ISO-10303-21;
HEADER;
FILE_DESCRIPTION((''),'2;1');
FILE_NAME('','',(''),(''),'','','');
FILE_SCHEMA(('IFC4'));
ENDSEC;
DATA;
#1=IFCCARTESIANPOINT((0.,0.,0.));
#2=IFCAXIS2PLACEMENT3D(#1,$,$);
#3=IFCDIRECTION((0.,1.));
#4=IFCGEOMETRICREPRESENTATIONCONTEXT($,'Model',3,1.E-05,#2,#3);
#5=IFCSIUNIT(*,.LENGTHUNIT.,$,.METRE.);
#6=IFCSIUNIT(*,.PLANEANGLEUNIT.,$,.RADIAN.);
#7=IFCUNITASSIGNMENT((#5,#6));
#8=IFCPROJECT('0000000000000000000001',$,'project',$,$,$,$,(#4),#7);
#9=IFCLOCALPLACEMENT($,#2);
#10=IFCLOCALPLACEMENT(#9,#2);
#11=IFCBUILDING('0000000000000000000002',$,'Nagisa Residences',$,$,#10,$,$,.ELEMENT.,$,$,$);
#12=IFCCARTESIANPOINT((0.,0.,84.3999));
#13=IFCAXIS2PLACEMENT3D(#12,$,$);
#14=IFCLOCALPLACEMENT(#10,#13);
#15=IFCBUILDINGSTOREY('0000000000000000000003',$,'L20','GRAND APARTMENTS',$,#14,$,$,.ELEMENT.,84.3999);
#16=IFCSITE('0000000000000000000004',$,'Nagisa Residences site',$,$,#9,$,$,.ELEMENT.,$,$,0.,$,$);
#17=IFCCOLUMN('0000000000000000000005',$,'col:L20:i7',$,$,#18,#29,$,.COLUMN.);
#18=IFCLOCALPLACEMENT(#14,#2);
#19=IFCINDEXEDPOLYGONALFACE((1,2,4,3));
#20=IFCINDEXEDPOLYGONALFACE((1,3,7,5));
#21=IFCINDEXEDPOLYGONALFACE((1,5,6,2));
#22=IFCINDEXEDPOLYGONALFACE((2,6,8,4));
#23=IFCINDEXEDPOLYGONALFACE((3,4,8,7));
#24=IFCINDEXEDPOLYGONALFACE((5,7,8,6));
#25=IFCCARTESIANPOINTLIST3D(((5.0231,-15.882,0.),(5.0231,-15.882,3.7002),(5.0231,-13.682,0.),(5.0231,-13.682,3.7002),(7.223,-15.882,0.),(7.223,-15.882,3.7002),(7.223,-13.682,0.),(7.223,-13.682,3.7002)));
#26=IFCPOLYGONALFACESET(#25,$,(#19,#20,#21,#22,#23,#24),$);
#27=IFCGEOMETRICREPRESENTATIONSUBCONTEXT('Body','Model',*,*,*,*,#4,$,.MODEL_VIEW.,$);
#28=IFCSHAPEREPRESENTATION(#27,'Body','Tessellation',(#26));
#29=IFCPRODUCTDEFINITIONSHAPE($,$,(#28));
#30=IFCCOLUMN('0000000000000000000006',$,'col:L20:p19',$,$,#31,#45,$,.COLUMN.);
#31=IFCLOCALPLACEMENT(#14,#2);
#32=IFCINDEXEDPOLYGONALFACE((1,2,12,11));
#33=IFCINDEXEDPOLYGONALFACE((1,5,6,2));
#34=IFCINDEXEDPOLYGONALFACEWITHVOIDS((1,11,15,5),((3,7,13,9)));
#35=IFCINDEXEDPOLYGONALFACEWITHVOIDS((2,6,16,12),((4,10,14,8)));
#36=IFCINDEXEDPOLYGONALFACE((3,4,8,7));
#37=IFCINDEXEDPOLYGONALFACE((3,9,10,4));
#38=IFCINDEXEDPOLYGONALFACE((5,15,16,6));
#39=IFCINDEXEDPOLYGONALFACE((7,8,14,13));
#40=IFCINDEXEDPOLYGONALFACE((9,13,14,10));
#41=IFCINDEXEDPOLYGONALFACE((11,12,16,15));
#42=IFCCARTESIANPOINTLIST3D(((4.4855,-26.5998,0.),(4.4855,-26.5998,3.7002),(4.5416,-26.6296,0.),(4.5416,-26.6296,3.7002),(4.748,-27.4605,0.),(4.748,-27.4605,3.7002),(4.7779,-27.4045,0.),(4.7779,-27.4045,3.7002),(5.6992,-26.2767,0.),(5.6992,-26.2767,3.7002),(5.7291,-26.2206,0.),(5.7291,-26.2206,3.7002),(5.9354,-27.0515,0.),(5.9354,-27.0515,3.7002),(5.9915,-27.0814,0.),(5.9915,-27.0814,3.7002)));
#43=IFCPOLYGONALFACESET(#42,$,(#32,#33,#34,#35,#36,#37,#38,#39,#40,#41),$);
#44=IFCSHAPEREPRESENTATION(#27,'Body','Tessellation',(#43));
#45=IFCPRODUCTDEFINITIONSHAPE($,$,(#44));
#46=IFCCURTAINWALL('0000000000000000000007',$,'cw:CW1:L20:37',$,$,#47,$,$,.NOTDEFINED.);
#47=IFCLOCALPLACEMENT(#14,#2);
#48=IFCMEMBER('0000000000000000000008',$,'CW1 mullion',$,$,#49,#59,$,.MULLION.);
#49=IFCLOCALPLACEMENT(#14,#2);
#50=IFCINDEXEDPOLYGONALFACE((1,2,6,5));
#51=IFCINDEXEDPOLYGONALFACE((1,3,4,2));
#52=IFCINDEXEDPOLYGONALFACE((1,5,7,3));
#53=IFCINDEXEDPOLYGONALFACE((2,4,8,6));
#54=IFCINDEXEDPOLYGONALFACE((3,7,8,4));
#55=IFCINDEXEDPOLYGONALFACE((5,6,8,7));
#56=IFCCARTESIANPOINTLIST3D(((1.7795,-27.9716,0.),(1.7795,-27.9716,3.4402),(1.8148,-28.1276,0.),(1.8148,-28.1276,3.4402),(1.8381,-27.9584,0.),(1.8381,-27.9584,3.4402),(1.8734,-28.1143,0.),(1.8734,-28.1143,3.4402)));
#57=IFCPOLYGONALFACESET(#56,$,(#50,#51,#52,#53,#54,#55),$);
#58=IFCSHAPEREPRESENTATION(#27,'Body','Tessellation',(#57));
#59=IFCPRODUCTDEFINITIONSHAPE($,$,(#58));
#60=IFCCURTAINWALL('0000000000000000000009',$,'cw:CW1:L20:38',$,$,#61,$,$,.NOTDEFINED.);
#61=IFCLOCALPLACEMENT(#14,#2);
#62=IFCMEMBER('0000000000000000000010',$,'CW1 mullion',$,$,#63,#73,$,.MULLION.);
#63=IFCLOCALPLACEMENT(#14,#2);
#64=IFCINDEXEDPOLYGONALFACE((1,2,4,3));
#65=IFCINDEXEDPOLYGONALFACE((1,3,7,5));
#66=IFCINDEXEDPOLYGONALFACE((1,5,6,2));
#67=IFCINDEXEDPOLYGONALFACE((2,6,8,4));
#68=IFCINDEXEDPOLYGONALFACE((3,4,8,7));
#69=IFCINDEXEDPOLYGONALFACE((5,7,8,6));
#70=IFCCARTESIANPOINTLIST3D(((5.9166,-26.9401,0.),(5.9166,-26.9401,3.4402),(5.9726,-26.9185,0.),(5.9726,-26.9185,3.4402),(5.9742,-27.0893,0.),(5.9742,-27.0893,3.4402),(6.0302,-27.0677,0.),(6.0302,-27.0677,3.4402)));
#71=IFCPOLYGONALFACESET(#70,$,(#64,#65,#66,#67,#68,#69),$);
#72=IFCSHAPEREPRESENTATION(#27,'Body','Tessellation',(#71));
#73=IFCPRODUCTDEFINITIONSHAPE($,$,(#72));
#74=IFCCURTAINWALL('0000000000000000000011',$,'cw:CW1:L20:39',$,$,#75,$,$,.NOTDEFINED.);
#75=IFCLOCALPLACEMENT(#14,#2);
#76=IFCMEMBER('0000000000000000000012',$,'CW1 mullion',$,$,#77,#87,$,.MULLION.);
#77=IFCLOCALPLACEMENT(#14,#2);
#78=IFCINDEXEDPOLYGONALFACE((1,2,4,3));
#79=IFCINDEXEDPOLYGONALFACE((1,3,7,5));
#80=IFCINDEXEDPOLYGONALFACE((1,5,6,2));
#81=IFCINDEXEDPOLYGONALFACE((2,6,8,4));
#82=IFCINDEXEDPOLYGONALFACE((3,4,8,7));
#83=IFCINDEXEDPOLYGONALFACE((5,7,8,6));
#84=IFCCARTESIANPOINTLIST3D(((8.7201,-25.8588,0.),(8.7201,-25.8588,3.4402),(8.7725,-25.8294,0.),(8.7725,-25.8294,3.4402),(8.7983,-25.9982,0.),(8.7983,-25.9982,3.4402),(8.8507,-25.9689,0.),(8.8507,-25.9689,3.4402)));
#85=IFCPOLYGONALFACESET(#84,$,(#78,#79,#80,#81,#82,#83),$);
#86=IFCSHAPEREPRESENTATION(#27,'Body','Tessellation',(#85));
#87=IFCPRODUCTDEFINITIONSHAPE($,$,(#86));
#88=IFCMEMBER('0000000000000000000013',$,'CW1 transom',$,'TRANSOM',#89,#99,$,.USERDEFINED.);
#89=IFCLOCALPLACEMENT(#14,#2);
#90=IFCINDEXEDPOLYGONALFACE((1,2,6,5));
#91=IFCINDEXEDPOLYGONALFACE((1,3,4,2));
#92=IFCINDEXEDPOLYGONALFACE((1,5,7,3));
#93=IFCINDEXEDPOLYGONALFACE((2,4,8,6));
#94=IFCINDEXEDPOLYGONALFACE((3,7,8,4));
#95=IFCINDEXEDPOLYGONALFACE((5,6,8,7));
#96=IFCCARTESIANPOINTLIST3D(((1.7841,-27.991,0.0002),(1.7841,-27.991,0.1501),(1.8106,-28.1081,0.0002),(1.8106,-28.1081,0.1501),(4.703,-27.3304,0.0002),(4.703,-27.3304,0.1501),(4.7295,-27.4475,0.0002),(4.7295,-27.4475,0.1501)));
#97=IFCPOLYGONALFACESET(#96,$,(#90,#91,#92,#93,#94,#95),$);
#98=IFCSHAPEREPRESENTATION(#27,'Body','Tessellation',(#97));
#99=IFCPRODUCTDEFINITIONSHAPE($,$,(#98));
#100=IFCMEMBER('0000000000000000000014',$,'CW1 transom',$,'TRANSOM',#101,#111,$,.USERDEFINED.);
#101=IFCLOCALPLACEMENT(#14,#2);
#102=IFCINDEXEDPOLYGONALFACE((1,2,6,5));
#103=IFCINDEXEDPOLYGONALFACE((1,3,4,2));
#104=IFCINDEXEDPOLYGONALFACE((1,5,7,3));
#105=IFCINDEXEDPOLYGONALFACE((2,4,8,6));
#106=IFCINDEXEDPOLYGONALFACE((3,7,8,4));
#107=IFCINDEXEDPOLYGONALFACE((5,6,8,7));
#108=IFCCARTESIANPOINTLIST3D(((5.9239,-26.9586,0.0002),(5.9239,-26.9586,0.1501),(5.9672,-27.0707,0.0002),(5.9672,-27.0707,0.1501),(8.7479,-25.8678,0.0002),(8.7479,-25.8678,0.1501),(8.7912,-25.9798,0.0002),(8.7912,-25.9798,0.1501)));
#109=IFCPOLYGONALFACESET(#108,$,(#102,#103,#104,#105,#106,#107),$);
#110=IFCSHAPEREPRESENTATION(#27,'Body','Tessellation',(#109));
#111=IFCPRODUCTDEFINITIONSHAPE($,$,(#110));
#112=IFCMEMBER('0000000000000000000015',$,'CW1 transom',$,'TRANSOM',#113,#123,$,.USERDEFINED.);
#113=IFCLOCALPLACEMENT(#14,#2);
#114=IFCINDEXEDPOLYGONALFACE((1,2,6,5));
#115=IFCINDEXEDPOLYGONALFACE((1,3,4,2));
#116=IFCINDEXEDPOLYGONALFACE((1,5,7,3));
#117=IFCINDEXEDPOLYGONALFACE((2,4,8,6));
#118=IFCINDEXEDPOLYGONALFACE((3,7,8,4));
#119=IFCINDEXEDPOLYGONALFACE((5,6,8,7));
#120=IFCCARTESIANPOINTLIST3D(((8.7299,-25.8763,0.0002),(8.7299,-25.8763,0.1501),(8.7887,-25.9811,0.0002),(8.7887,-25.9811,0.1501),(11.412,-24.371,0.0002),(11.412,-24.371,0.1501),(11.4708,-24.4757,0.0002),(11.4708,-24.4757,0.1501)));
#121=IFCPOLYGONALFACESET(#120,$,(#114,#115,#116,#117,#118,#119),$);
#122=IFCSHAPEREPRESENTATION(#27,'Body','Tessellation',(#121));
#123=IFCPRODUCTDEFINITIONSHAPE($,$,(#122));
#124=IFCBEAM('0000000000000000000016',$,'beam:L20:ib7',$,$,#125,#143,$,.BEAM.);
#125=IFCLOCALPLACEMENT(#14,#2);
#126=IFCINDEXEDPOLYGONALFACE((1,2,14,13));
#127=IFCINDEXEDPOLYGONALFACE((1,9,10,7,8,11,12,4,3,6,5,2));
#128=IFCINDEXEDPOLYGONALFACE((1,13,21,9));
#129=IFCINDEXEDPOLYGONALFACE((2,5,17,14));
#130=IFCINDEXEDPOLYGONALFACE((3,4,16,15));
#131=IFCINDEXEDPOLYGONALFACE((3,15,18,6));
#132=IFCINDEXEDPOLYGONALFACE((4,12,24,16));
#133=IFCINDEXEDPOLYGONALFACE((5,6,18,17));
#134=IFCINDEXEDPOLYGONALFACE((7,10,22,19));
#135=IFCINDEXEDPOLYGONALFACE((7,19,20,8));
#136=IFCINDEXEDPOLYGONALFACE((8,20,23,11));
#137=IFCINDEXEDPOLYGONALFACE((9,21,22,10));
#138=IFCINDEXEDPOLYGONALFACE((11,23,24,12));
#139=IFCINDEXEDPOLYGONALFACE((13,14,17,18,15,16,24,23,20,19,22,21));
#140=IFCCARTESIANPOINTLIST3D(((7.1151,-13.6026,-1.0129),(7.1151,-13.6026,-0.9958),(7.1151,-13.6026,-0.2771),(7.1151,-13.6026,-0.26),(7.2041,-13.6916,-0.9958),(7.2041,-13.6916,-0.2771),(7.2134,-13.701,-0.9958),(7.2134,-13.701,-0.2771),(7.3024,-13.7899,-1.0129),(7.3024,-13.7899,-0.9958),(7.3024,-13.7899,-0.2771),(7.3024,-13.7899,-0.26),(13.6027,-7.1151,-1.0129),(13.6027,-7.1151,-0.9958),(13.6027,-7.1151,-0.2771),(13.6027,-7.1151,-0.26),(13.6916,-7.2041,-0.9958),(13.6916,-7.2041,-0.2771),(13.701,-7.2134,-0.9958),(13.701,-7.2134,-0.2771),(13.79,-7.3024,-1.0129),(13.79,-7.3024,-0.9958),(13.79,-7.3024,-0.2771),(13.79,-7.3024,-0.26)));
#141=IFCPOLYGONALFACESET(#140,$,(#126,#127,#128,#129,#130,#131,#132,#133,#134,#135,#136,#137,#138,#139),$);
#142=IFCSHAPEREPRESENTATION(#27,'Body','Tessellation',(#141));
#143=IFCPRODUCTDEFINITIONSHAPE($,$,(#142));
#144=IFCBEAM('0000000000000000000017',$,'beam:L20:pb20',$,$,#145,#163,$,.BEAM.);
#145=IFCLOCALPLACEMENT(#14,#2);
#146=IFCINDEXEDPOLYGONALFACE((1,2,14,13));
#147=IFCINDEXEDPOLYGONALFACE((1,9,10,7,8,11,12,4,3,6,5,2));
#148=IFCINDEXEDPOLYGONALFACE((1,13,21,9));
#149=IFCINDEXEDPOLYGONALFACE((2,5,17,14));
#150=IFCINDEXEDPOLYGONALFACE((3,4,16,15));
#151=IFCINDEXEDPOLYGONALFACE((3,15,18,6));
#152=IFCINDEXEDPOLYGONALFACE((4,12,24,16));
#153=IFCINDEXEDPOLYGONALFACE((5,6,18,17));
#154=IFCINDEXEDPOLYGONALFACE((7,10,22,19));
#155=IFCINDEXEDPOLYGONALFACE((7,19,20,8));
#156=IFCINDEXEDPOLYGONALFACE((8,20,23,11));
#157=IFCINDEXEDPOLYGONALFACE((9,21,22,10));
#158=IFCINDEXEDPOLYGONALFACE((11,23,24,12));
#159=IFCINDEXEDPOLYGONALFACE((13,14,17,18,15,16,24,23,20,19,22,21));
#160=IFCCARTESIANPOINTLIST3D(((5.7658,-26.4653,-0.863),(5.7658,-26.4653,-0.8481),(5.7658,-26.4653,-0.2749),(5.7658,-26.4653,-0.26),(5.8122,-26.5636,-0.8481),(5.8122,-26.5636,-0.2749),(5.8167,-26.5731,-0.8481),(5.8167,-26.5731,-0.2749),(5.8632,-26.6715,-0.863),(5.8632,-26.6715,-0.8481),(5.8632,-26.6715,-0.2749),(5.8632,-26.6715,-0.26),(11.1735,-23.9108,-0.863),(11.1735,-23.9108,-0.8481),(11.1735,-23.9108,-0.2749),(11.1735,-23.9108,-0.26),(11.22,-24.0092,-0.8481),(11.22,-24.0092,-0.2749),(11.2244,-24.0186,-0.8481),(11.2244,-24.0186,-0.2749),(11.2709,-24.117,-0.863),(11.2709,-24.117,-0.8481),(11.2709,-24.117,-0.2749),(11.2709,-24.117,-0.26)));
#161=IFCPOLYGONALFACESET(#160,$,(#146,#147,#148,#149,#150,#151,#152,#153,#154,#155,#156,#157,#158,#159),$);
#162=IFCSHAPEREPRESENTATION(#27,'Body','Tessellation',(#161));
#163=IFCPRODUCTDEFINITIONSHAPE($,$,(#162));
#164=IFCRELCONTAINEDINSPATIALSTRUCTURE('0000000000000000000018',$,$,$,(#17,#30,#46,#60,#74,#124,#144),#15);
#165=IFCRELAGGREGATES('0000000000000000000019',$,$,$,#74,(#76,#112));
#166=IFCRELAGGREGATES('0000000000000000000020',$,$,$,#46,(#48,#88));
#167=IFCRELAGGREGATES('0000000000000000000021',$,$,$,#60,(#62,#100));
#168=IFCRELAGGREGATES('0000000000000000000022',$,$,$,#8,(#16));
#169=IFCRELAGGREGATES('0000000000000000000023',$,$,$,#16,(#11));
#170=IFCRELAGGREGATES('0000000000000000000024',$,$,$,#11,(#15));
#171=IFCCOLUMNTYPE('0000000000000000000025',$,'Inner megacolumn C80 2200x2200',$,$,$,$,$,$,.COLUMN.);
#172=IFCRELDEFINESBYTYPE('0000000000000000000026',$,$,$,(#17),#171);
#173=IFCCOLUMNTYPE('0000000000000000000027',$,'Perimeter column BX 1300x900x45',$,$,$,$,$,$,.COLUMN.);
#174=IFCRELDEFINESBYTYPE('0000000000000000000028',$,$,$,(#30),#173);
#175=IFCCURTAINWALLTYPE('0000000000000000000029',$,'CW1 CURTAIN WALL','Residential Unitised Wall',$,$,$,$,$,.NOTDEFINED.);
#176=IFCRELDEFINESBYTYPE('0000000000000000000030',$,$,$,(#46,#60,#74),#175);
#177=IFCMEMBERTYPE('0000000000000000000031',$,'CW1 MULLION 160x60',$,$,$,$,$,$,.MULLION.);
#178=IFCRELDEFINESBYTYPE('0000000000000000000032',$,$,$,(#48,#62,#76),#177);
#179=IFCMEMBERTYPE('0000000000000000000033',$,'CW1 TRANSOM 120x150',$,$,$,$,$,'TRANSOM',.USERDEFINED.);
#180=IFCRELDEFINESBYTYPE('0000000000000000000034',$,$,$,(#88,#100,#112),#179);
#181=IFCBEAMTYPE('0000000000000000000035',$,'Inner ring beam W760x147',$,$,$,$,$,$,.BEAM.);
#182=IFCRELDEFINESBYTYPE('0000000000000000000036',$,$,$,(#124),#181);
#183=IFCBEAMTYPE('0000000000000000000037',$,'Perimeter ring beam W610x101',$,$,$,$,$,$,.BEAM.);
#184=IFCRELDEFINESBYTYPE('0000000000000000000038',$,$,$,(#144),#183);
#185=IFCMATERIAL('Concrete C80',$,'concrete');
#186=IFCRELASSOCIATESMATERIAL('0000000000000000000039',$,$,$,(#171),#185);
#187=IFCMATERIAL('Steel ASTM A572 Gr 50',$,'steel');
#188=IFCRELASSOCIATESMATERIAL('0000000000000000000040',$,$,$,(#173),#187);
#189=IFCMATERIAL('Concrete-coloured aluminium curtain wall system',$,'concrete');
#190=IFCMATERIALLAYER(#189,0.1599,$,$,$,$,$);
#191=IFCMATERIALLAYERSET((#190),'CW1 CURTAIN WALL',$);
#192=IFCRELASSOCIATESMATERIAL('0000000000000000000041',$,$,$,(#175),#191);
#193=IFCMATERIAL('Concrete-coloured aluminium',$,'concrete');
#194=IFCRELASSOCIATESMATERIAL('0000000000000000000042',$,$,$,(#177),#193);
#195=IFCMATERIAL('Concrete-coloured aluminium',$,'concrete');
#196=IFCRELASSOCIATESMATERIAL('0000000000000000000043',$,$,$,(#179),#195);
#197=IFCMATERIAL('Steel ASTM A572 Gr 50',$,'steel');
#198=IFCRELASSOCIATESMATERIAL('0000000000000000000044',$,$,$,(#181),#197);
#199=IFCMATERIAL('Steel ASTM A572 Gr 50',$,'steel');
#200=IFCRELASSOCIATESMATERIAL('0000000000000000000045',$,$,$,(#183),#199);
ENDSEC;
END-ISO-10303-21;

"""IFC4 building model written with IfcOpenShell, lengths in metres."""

from ifc_helpers import new_model, si_unit, direction, frame, origin, origin_2d, place, context, subcontext, project, spatial, rectangle, hollow_rectangle, i_section, extrude, material, layer, layer_set, material_profile, profile_set, type_object, element, aggregate, save


model = new_model("IFC4")

# Units and contexts
model_context = context("Model", 3, precision=1e-05, world=origin(), true_north=direction((0.0, 1.0)))
body_context = subcontext(model_context, "Body", "Model", "MODEL_VIEW")
ifc_project = project(units=[si_unit("LENGTHUNIT", "METRE"), si_unit("PLANEANGLEUNIT", "RADIAN")], contexts=[model_context])

# Site, building, storey
site_placement = place(None, origin())
site = spatial("IfcSite", under=ifc_project, at=site_placement, Name="Nagisa Residences site", CompositionType="ELEMENT", RefElevation=0.0)
building_placement = place(site_placement, origin())
building = spatial("IfcBuilding", under=site, at=building_placement, Name="Nagisa Residences", CompositionType="ELEMENT")
storey_placement = place(building_placement, frame((0.0, 0.0, 84.3999)))
storey = spatial("IfcBuildingStorey", under=building, at=storey_placement, Name="L20", Description="GRAND APARTMENTS", CompositionType="ELEMENT", Elevation=84.3999)

# Columns
ifc_material_1 = material(Name="Concrete C80", Category="concrete")
ifc_material_profile_1 = material_profile(ifc_material_1, rectangle(XDim=2.2, YDim=2.2, at=origin_2d()), Name="C80 2200x2200")
ifc_profile_set_1 = profile_set([ifc_material_profile_1], Name="Concrete C80")
column_type_1 = type_object("IfcColumnType", Name="Inner megacolumn C80 2200x2200", PredefinedType="COLUMN", material=ifc_profile_set_1)
column_1_placement = place(storey_placement, frame((6.123, -14.782, 0.0), z_axis=(0.0, 0.0, 1.0), x_axis=(1.0, 0.0, 0.0)))
element("IfcColumn", 1, at=column_1_placement, inside=storey, type_object=column_type_1, Name="col:L20:i7", PredefinedType="COLUMN", context=body_context, shape_type="SweptSolid", body=[
    extrude(rectangle(XDim=2.2, YDim=2.2, at=origin_2d()), origin(), (0.0, 0.0, 1.0), 3.7002),
])
ifc_material_2 = material(Name="Steel ASTM A572 Gr 50", Category="steel")
ifc_material_profile_2 = material_profile(ifc_material_2, hollow_rectangle(XDim=1.3, YDim=0.8999, WallThickness=0.0449, at=origin_2d()), Name="BX 1300x900x45")
ifc_profile_set_2 = profile_set([ifc_material_profile_2], Name="Steel ASTM A572 Gr 50")
column_type_2 = type_object("IfcColumnType", Name="Perimeter column BX 1300x900x45", PredefinedType="COLUMN", material=ifc_profile_set_2)
column_2_placement = place(storey_placement, frame((5.2385, -26.8406, 0.0), z_axis=(0.0, 0.0, 1.0), x_axis=(0.956525, 0.291652, 0.0)))
element("IfcColumn", 2, at=column_2_placement, inside=storey, type_object=column_type_2, Name="col:L20:p19", PredefinedType="COLUMN", context=body_context, shape_type="SweptSolid", body=[
    extrude(hollow_rectangle(XDim=1.3, YDim=0.8999, WallThickness=0.0449, at=origin_2d()), origin(), (0.0, 0.0, 1.0), 3.7002),
])

# Curtain walls, members
ifc_material_3 = material(Name="Concrete-coloured aluminium curtain wall system", Category="concrete")
ifc_layer_1 = layer(ifc_material_3, 0.1599)
ifc_layer_set_1 = layer_set([ifc_layer_1], Name="CW1 CURTAIN WALL")
curtain_wall_type = type_object("IfcCurtainWallType", Name="CW1 CURTAIN WALL", Description="Residential Unitised Wall", PredefinedType="NOTDEFINED", material=ifc_layer_set_1)
curtain_wall_1_placement = place(storey_placement, origin())
curtain_wall_1 = element("IfcCurtainWall", 3, at=curtain_wall_1_placement, inside=storey, type_object=curtain_wall_type, Name="cw:CW1:L20:37", PredefinedType="NOTDEFINED")
ifc_material_4 = material(Name="Concrete-coloured aluminium", Category="concrete")
ifc_material_profile_3 = material_profile(ifc_material_4, rectangle(XDim=0.1599, YDim=0.0601, at=origin_2d()), Name="CW1 MULLION 160x60")
ifc_profile_set_3 = profile_set([ifc_material_profile_3], Name="Concrete-coloured aluminium")
member_type_1 = type_object("IfcMemberType", Name="CW1 MULLION 160x60", PredefinedType="MULLION", material=ifc_profile_set_3)
member_1_placement = place(storey_placement, frame((1.8264, -28.043, 0.0), z_axis=(0.0, 0.0, 1.0), x_axis=(-0.220764, 0.975327, 0.0)))
member_1 = element("IfcMember", 4, at=member_1_placement, type_object=member_type_1, Name="CW1 mullion", PredefinedType="MULLION", context=body_context, shape_type="SweptSolid", body=[
    extrude(rectangle(XDim=0.1599, YDim=0.0601, at=origin_2d()), origin(), (0.0, 0.0, 1.0), 3.4402),
])
curtain_wall_2_placement = place(storey_placement, origin())
curtain_wall_2 = element("IfcCurtainWall", 5, at=curtain_wall_2_placement, inside=storey, type_object=curtain_wall_type, Name="cw:CW1:L20:38", PredefinedType="NOTDEFINED")
member_2_placement = place(storey_placement, frame((5.9734, -27.0039, 0.0), z_axis=(0.0, 0.0, 1.0), x_axis=(-0.360328, 0.932826, 0.0)))
member_2 = element("IfcMember", 6, at=member_2_placement, type_object=member_type_1, Name="CW1 mullion", PredefinedType="MULLION", context=body_context, shape_type="SweptSolid", body=[
    extrude(rectangle(XDim=0.1599, YDim=0.0601, at=origin_2d()), origin(), (0.0, 0.0, 1.0), 3.4402),
])
curtain_wall_3_placement = place(storey_placement, origin())
curtain_wall_3 = element("IfcCurtainWall", 7, at=curtain_wall_3_placement, inside=storey, type_object=curtain_wall_type, Name="cw:CW1:L20:39", PredefinedType="NOTDEFINED")
member_3_placement = place(storey_placement, frame((8.7854, -25.9138, 0.0), z_axis=(0.0, 0.0, 1.0), x_axis=(-0.489377, 0.872072, 0.0)))
member_3 = element("IfcMember", 8, at=member_3_placement, type_object=member_type_1, Name="CW1 mullion", PredefinedType="MULLION", context=body_context, shape_type="SweptSolid", body=[
    extrude(rectangle(XDim=0.1599, YDim=0.0601, at=origin_2d()), origin(), (0.0, 0.0, 1.0), 3.4402),
])

# Members
ifc_material_5 = material(Name="Concrete-coloured aluminium", Category="concrete")
ifc_material_profile_4 = material_profile(ifc_material_5, rectangle(XDim=0.1201, YDim=0.1499, at=origin_2d()), Name="CW1 TRANSOM 120x150")
ifc_profile_set_4 = profile_set([ifc_material_profile_4], Name="Concrete-coloured aluminium")
member_type_2 = type_object("IfcMemberType", Name="CW1 TRANSOM 120x150", ElementType="TRANSOM", PredefinedType="USERDEFINED", material=ifc_profile_set_4)
member_4_placement = place(storey_placement, frame((1.7974, -28.0496, 0.0752), z_axis=(0.975331, 0.220747, 0.0), x_axis=(-0.220747, 0.975331, 0.0)))
member_4 = element("IfcMember", 9, at=member_4_placement, type_object=member_type_2, Name="CW1 transom", ObjectType="TRANSOM", PredefinedType="USERDEFINED", context=body_context, shape_type="SweptSolid", body=[
    extrude(rectangle(XDim=0.1201, YDim=0.1499, at=origin_2d()), origin(), (0.0, 0.0, 1.0), 2.9927),
])
member_5_placement = place(storey_placement, frame((5.9456, -27.0146, 0.0752), z_axis=(0.932827, 0.360324, 0.0), x_axis=(-0.360324, 0.932827, 0.0)))
member_5 = element("IfcMember", 10, at=member_5_placement, type_object=member_type_2, Name="CW1 transom", ObjectType="TRANSOM", PredefinedType="USERDEFINED", context=body_context, shape_type="SweptSolid", body=[
    extrude(rectangle(XDim=0.1201, YDim=0.1499, at=origin_2d()), origin(), (0.0, 0.0, 1.0), 3.0273),
])
member_6_placement = place(storey_placement, frame((8.7593, -25.9287, 0.0752), z_axis=(0.872037, 0.489439, 0.0), x_axis=(-0.489439, 0.872037, 0.0)))
member_6 = element("IfcMember", 11, at=member_6_placement, type_object=member_type_2, Name="CW1 transom", ObjectType="TRANSOM", PredefinedType="USERDEFINED", context=body_context, shape_type="SweptSolid", body=[
    extrude(rectangle(XDim=0.1201, YDim=0.1499, at=origin_2d()), origin(), (0.0, 0.0, 1.0), 3.0757),
])
aggregate(curtain_wall_3, [member_3, member_6])

# Beams
ifc_material_6 = material(Name="Steel ASTM A572 Gr 50", Category="steel")
ifc_material_profile_5 = material_profile(ifc_material_6, i_section(OverallWidth=0.2649, OverallDepth=0.7529, WebThickness=0.0132, FlangeThickness=0.0171, at=origin_2d()), Name="W760x147")
ifc_profile_set_5 = profile_set([ifc_material_profile_5], Name="Steel ASTM A572 Gr 50")
beam_type_1 = type_object("IfcBeamType", Name="Inner ring beam W760x147", PredefinedType="BEAM", material=ifc_profile_set_5)
beam_1_placement = place(storey_placement, frame((7.2087, -13.6963, -0.6365), z_axis=(0.707107, 0.707107, 0.0), x_axis=(-0.707107, 0.707107, 0.0)))
element("IfcBeam", 12, at=beam_1_placement, inside=storey, type_object=beam_type_1, Name="beam:L20:ib7", PredefinedType="BEAM", context=body_context, shape_type="SweptSolid", body=[
    extrude(i_section(OverallWidth=0.2649, OverallDepth=0.7529, WebThickness=0.0132, FlangeThickness=0.0171, at=origin_2d()), origin(), (0.0, 0.0, 1.0), 9.1748),
])
ifc_material_7 = material(Name="Steel ASTM A572 Gr 50", Category="steel")
ifc_material_profile_6 = material_profile(ifc_material_7, i_section(OverallWidth=0.228, OverallDepth=0.603, WebThickness=0.0105, FlangeThickness=0.0149, at=origin_2d()), Name="W610x101")
ifc_profile_set_6 = profile_set([ifc_material_profile_6], Name="Steel ASTM A572 Gr 50")
beam_type_2 = type_object("IfcBeamType", Name="Perimeter ring beam W610x101", PredefinedType="BEAM", material=ifc_profile_set_6)
beam_2_placement = place(storey_placement, frame((5.8145, -26.5684, -0.5615), z_axis=(0.904197, 0.427116, 0.0), x_axis=(-0.427116, 0.904197, 0.0)))
element("IfcBeam", 13, at=beam_2_placement, inside=storey, type_object=beam_type_2, Name="beam:L20:pb20", PredefinedType="BEAM", context=body_context, shape_type="SweptSolid", body=[
    extrude(i_section(OverallWidth=0.228, OverallDepth=0.603, WebThickness=0.0105, FlangeThickness=0.0149, at=origin_2d()), origin(), (0.0, 0.0, 1.0), 5.9807),
])

aggregate(curtain_wall_1, [member_1, member_4])
aggregate(curtain_wall_2, [member_2, member_5])

save(model, "model.ifc")
